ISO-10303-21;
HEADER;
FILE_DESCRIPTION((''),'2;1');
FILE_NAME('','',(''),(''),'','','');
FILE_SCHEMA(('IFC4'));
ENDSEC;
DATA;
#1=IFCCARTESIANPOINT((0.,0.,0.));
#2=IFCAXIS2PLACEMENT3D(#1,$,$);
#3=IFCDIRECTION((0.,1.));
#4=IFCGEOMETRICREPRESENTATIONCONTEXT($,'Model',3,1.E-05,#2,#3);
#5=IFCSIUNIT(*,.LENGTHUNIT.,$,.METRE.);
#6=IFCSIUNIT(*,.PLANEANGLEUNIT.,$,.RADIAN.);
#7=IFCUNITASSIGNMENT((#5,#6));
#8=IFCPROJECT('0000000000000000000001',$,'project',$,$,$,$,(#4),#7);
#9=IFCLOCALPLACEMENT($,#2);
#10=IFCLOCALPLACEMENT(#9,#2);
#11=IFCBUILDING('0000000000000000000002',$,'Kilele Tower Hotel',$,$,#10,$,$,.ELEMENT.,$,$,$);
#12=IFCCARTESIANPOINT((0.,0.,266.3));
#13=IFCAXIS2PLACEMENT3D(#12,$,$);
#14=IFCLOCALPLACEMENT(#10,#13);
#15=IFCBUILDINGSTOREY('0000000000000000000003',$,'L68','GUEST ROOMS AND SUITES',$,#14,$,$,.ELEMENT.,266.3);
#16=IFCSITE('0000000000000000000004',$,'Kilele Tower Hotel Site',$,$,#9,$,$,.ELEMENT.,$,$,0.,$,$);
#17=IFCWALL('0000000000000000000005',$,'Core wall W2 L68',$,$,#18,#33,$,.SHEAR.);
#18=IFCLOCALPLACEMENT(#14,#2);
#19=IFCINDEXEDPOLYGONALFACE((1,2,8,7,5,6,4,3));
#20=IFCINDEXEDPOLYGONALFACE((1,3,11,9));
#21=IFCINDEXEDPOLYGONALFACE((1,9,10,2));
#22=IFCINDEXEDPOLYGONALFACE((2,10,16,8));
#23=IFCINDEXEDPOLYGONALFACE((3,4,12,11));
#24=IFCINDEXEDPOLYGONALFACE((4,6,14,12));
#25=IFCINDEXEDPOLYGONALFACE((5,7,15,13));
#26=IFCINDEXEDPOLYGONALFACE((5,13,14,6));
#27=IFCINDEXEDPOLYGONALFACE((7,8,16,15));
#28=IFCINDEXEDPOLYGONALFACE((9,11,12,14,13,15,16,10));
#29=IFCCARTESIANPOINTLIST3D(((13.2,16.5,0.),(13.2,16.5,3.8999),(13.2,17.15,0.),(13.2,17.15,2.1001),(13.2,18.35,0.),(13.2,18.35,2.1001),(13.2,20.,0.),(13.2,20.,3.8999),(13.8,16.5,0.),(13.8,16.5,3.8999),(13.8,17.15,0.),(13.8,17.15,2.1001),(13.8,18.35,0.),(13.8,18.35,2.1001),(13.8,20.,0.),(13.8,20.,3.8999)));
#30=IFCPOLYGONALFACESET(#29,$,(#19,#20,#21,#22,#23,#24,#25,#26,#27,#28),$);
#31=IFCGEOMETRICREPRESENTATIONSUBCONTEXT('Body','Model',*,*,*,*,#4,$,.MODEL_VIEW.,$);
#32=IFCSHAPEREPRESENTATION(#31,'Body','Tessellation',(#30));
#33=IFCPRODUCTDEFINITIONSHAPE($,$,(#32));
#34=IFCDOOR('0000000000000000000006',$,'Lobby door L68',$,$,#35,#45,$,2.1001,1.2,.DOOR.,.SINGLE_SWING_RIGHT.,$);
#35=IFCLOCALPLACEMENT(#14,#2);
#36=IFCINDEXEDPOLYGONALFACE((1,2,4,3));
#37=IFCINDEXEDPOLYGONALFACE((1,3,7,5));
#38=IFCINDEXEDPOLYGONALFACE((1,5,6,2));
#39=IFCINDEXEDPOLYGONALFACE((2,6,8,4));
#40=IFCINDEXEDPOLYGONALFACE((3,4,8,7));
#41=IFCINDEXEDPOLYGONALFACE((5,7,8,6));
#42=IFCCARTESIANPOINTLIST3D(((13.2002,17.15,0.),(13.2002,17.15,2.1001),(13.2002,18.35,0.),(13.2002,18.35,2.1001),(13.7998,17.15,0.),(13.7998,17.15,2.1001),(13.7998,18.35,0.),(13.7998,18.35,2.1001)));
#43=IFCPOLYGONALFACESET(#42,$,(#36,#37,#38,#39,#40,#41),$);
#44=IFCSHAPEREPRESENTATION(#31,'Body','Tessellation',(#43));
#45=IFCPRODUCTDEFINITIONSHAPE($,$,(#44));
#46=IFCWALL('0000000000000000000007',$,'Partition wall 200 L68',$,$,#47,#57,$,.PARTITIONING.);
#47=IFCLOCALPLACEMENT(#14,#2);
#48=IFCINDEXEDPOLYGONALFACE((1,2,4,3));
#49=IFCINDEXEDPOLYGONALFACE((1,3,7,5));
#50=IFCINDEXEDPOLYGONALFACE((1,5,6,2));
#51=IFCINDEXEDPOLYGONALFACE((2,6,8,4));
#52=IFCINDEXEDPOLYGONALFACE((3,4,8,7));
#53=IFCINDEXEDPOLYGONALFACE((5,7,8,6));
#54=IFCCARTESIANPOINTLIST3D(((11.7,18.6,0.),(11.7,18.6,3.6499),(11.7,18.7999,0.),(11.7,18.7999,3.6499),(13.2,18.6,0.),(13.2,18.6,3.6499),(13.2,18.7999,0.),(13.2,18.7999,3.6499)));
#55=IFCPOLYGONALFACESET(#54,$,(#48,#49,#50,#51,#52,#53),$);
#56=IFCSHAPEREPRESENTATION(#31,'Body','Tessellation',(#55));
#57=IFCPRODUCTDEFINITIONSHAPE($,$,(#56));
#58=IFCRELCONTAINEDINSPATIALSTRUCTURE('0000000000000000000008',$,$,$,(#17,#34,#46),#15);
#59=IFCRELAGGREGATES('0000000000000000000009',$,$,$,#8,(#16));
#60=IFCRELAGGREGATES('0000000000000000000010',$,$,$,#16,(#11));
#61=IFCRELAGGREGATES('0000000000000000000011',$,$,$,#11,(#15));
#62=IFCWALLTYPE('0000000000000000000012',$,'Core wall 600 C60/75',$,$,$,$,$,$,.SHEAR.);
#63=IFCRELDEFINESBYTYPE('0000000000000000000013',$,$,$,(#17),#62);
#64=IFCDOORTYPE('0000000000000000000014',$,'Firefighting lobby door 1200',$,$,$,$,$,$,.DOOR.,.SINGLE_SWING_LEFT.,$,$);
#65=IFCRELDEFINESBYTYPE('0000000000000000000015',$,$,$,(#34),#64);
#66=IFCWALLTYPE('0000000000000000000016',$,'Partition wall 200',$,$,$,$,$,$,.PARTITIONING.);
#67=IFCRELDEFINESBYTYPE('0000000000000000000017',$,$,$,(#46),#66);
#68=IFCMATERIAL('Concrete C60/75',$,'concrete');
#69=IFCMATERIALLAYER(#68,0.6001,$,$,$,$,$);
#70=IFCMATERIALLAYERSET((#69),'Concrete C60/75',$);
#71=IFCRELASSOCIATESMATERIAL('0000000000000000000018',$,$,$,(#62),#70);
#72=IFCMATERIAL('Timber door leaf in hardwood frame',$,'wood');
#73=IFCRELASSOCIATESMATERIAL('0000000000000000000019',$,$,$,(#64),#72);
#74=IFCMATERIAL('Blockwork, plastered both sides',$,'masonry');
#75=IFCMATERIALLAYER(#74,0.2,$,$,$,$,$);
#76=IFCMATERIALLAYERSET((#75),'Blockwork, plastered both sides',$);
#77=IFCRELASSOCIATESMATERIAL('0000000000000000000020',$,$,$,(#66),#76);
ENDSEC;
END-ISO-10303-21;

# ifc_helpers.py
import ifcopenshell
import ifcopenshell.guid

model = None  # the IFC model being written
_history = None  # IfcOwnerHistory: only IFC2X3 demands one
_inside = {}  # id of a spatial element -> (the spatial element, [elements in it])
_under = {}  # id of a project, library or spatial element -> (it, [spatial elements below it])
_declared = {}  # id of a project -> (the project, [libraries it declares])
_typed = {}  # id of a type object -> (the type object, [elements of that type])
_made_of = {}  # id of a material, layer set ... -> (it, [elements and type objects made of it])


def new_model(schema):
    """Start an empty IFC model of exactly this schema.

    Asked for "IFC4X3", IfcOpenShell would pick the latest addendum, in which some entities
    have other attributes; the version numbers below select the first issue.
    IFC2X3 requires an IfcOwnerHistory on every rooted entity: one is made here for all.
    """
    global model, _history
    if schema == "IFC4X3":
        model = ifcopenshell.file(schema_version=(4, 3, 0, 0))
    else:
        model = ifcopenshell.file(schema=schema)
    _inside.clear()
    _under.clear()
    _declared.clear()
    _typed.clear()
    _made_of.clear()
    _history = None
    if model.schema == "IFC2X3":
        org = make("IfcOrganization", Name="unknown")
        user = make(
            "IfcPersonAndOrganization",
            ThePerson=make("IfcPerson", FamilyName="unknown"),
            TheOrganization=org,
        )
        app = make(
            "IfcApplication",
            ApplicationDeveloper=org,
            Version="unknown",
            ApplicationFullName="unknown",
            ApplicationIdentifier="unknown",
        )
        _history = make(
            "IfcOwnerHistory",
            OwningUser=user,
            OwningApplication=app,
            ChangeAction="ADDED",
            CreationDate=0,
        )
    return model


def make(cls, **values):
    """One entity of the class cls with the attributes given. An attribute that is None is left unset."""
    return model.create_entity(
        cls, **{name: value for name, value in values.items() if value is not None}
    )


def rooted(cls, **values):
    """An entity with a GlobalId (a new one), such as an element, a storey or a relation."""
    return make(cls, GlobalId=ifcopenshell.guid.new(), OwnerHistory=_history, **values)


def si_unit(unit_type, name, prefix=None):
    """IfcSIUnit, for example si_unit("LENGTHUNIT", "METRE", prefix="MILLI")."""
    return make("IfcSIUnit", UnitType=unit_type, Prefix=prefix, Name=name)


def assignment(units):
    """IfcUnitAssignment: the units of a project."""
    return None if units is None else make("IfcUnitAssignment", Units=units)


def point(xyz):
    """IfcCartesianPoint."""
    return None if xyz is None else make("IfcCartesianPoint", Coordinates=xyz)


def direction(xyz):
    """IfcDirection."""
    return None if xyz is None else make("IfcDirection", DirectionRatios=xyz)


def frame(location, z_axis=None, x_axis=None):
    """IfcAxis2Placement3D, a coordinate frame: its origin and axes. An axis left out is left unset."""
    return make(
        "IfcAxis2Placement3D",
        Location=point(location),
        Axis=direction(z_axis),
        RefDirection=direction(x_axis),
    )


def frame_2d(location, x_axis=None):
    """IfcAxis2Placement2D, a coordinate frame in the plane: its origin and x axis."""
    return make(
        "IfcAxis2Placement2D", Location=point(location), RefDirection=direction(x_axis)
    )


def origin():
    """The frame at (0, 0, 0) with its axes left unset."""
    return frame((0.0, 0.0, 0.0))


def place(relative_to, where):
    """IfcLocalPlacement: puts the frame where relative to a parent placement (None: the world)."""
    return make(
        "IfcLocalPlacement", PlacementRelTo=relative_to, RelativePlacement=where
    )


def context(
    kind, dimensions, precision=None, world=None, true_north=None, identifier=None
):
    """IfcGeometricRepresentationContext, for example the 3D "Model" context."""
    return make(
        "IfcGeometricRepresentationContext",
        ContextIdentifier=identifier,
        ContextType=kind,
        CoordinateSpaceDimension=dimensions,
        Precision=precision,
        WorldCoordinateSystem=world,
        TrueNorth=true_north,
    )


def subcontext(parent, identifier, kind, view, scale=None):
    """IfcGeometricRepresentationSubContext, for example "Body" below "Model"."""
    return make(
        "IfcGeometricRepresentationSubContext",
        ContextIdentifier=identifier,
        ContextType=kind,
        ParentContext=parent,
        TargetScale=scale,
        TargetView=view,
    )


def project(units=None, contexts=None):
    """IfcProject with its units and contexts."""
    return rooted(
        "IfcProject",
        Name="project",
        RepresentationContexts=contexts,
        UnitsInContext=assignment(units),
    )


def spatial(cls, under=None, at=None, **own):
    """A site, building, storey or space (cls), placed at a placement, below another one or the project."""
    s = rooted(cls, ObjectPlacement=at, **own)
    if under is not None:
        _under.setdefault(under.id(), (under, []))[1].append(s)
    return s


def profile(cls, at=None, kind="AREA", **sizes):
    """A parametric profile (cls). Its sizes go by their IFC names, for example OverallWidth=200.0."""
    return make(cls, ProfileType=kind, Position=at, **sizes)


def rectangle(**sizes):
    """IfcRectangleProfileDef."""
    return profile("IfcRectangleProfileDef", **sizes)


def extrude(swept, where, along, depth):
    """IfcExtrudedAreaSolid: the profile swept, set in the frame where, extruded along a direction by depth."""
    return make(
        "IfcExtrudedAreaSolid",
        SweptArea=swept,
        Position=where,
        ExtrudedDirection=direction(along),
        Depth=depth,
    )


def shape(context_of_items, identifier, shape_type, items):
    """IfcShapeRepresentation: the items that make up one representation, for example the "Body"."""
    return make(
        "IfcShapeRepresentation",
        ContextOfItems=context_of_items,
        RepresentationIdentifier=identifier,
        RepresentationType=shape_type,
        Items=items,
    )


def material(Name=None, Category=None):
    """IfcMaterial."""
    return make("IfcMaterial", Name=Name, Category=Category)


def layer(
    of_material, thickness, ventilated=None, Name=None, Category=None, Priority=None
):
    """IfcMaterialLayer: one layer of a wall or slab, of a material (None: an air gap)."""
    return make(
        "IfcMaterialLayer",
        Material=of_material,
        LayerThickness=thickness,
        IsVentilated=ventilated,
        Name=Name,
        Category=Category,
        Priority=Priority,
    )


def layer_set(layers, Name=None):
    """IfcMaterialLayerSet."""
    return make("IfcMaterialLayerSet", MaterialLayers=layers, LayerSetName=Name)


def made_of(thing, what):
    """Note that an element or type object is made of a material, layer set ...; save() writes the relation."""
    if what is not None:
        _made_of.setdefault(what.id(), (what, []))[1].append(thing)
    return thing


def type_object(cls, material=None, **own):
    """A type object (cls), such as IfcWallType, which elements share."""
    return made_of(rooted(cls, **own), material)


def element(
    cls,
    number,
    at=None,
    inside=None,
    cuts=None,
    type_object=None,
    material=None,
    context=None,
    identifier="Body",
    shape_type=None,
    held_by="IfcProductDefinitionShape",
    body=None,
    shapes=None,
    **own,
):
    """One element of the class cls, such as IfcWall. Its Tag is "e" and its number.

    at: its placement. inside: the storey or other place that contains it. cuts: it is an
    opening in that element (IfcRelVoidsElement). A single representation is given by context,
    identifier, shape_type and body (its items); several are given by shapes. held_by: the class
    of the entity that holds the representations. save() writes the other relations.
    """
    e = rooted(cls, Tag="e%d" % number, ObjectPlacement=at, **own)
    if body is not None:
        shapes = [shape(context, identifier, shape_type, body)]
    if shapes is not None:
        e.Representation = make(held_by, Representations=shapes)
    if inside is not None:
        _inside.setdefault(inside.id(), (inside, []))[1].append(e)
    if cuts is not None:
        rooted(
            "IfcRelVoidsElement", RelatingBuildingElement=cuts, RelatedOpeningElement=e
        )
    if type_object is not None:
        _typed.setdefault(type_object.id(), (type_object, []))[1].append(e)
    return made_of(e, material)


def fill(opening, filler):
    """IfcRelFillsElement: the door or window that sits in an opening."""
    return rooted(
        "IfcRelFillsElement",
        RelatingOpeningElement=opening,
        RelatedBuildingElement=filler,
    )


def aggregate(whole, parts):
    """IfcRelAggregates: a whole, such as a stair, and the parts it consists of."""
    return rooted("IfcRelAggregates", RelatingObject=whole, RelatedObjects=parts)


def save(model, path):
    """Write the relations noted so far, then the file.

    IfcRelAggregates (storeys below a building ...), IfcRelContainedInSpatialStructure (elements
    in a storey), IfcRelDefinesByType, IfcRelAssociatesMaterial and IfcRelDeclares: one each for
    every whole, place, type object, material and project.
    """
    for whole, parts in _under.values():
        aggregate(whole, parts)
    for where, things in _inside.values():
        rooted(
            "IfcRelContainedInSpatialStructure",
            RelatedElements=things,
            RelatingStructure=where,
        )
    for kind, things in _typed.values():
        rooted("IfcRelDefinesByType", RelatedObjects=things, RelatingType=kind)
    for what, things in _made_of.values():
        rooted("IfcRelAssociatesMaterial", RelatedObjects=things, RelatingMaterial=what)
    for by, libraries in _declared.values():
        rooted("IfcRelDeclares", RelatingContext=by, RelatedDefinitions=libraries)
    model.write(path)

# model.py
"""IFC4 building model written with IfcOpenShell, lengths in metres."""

from ifc_helpers import new_model, si_unit, direction, frame, frame_2d, origin, place, context, subcontext, project, spatial, rectangle, extrude, material, layer, layer_set, type_object, element, fill, save


model = new_model("IFC4")

# Units and contexts
model_context = context("Model", 3, precision=1e-05, world=origin(), true_north=direction((0.0, 1.0)))
body_context = subcontext(model_context, "Body", "Model", "MODEL_VIEW")
ifc_project = project(units=[si_unit("LENGTHUNIT", "METRE"), si_unit("PLANEANGLEUNIT", "RADIAN")], contexts=[model_context])

# Site, building, storey
site_placement = place(None, origin())
site = spatial("IfcSite", under=ifc_project, at=site_placement, Name="Kilele Tower Hotel Site", CompositionType="ELEMENT", RefElevation=0.0)
building_placement = place(site_placement, origin())
building = spatial("IfcBuilding", under=site, at=building_placement, Name="Kilele Tower Hotel", CompositionType="ELEMENT")
storey_placement = place(building_placement, frame((0.0, 0.0, 266.3)))
storey = spatial("IfcBuildingStorey", under=building, at=storey_placement, Name="L68", Description="GUEST ROOMS AND SUITES", CompositionType="ELEMENT", Elevation=266.3)

# Shared definitions
ifc_material_1 = material(Name="Concrete C60/75", Category="concrete")
ifc_layer_1 = layer(ifc_material_1, 0.6001)
ifc_layer_set_1 = layer_set([ifc_layer_1], Name="Concrete C60/75")
wall_type_1 = type_object("IfcWallType", Name="Core wall 600 C60/75", PredefinedType="SHEAR", material=ifc_layer_set_1)

# Wall, opening, door
wall_1_placement = place(storey_placement, frame((13.5, 20.0, 0.0), z_axis=(0.0, 0.0, 1.0), x_axis=(0.0, -1.0, 0.0)))
wall_1 = element("IfcWall", 1, at=wall_1_placement, inside=storey, type_object=wall_type_1, Name="Core wall W2 L68", PredefinedType="SHEAR", context=body_context, shape_type="SweptSolid", body=[
    extrude(rectangle(XDim=3.5, YDim=0.6001, at=frame_2d((1.75, 0.0))), origin(), (0.0, 0.0, 1.0), 3.8999),
])
opening_1_placement = place(wall_1_placement, frame((1.6499, 0.0, 0.0)))
opening_1 = element("IfcOpeningElement", 2, at=opening_1_placement, cuts=wall_1, PredefinedType="OPENING", context=body_context, shape_type="SweptSolid", body=[
    extrude(rectangle(XDim=1.2, YDim=2.1001, at=frame_2d((0.6001, 1.05))), frame((0.0, 0.3101, 0.0), z_axis=(0.0, -1.0, 0.0), x_axis=(1.0, 0.0, 0.0)), (0.0, 0.0, 1.0), 0.6201),
])
ifc_material_2 = material(Name="Timber door leaf in hardwood frame", Category="wood")
door_type_1 = type_object("IfcDoorType", Name="Firefighting lobby door 1200", OperationType="SINGLE_SWING_LEFT", PredefinedType="DOOR", material=ifc_material_2)
door_1_placement = place(opening_1_placement, origin())
door_1 = element("IfcDoor", 3, at=door_1_placement, inside=storey, type_object=door_type_1, Name="Lobby door L68", OperationType="SINGLE_SWING_RIGHT", OverallHeight=2.1001, OverallWidth=1.2, PredefinedType="DOOR", context=body_context, shape_type="SweptSolid", body=[
    extrude(rectangle(XDim=1.2, YDim=2.1001, at=frame_2d((0.6001, 1.05))), frame((0.0, 0.2998, 0.0), z_axis=(0.0, -1.0, 0.0), x_axis=(1.0, 0.0, 0.0)), (0.0, 0.0, 1.0), 0.5996),
])
fill(opening_1, door_1)

# Wall
ifc_material_3 = material(Name="Blockwork, plastered both sides", Category="masonry")
ifc_layer_2 = layer(ifc_material_3, 0.2)
ifc_layer_set_2 = layer_set([ifc_layer_2], Name="Blockwork, plastered both sides")
wall_type_2 = type_object("IfcWallType", Name="Partition wall 200", PredefinedType="PARTITIONING", material=ifc_layer_set_2)
wall_2_placement = place(storey_placement, frame((13.2, 18.7, 0.0), z_axis=(0.0, 0.0, 1.0), x_axis=(-1.0, 0.0, 0.0)))
element("IfcWall", 4, at=wall_2_placement, inside=storey, type_object=wall_type_2, Name="Partition wall 200 L68", PredefinedType="PARTITIONING", context=body_context, shape_type="SweptSolid", body=[
    extrude(rectangle(XDim=1.5, YDim=0.2, at=frame_2d((0.75, 0.0))), origin(), (0.0, 0.0, 1.0), 3.6499),
])

save(model, "model.ifc")
